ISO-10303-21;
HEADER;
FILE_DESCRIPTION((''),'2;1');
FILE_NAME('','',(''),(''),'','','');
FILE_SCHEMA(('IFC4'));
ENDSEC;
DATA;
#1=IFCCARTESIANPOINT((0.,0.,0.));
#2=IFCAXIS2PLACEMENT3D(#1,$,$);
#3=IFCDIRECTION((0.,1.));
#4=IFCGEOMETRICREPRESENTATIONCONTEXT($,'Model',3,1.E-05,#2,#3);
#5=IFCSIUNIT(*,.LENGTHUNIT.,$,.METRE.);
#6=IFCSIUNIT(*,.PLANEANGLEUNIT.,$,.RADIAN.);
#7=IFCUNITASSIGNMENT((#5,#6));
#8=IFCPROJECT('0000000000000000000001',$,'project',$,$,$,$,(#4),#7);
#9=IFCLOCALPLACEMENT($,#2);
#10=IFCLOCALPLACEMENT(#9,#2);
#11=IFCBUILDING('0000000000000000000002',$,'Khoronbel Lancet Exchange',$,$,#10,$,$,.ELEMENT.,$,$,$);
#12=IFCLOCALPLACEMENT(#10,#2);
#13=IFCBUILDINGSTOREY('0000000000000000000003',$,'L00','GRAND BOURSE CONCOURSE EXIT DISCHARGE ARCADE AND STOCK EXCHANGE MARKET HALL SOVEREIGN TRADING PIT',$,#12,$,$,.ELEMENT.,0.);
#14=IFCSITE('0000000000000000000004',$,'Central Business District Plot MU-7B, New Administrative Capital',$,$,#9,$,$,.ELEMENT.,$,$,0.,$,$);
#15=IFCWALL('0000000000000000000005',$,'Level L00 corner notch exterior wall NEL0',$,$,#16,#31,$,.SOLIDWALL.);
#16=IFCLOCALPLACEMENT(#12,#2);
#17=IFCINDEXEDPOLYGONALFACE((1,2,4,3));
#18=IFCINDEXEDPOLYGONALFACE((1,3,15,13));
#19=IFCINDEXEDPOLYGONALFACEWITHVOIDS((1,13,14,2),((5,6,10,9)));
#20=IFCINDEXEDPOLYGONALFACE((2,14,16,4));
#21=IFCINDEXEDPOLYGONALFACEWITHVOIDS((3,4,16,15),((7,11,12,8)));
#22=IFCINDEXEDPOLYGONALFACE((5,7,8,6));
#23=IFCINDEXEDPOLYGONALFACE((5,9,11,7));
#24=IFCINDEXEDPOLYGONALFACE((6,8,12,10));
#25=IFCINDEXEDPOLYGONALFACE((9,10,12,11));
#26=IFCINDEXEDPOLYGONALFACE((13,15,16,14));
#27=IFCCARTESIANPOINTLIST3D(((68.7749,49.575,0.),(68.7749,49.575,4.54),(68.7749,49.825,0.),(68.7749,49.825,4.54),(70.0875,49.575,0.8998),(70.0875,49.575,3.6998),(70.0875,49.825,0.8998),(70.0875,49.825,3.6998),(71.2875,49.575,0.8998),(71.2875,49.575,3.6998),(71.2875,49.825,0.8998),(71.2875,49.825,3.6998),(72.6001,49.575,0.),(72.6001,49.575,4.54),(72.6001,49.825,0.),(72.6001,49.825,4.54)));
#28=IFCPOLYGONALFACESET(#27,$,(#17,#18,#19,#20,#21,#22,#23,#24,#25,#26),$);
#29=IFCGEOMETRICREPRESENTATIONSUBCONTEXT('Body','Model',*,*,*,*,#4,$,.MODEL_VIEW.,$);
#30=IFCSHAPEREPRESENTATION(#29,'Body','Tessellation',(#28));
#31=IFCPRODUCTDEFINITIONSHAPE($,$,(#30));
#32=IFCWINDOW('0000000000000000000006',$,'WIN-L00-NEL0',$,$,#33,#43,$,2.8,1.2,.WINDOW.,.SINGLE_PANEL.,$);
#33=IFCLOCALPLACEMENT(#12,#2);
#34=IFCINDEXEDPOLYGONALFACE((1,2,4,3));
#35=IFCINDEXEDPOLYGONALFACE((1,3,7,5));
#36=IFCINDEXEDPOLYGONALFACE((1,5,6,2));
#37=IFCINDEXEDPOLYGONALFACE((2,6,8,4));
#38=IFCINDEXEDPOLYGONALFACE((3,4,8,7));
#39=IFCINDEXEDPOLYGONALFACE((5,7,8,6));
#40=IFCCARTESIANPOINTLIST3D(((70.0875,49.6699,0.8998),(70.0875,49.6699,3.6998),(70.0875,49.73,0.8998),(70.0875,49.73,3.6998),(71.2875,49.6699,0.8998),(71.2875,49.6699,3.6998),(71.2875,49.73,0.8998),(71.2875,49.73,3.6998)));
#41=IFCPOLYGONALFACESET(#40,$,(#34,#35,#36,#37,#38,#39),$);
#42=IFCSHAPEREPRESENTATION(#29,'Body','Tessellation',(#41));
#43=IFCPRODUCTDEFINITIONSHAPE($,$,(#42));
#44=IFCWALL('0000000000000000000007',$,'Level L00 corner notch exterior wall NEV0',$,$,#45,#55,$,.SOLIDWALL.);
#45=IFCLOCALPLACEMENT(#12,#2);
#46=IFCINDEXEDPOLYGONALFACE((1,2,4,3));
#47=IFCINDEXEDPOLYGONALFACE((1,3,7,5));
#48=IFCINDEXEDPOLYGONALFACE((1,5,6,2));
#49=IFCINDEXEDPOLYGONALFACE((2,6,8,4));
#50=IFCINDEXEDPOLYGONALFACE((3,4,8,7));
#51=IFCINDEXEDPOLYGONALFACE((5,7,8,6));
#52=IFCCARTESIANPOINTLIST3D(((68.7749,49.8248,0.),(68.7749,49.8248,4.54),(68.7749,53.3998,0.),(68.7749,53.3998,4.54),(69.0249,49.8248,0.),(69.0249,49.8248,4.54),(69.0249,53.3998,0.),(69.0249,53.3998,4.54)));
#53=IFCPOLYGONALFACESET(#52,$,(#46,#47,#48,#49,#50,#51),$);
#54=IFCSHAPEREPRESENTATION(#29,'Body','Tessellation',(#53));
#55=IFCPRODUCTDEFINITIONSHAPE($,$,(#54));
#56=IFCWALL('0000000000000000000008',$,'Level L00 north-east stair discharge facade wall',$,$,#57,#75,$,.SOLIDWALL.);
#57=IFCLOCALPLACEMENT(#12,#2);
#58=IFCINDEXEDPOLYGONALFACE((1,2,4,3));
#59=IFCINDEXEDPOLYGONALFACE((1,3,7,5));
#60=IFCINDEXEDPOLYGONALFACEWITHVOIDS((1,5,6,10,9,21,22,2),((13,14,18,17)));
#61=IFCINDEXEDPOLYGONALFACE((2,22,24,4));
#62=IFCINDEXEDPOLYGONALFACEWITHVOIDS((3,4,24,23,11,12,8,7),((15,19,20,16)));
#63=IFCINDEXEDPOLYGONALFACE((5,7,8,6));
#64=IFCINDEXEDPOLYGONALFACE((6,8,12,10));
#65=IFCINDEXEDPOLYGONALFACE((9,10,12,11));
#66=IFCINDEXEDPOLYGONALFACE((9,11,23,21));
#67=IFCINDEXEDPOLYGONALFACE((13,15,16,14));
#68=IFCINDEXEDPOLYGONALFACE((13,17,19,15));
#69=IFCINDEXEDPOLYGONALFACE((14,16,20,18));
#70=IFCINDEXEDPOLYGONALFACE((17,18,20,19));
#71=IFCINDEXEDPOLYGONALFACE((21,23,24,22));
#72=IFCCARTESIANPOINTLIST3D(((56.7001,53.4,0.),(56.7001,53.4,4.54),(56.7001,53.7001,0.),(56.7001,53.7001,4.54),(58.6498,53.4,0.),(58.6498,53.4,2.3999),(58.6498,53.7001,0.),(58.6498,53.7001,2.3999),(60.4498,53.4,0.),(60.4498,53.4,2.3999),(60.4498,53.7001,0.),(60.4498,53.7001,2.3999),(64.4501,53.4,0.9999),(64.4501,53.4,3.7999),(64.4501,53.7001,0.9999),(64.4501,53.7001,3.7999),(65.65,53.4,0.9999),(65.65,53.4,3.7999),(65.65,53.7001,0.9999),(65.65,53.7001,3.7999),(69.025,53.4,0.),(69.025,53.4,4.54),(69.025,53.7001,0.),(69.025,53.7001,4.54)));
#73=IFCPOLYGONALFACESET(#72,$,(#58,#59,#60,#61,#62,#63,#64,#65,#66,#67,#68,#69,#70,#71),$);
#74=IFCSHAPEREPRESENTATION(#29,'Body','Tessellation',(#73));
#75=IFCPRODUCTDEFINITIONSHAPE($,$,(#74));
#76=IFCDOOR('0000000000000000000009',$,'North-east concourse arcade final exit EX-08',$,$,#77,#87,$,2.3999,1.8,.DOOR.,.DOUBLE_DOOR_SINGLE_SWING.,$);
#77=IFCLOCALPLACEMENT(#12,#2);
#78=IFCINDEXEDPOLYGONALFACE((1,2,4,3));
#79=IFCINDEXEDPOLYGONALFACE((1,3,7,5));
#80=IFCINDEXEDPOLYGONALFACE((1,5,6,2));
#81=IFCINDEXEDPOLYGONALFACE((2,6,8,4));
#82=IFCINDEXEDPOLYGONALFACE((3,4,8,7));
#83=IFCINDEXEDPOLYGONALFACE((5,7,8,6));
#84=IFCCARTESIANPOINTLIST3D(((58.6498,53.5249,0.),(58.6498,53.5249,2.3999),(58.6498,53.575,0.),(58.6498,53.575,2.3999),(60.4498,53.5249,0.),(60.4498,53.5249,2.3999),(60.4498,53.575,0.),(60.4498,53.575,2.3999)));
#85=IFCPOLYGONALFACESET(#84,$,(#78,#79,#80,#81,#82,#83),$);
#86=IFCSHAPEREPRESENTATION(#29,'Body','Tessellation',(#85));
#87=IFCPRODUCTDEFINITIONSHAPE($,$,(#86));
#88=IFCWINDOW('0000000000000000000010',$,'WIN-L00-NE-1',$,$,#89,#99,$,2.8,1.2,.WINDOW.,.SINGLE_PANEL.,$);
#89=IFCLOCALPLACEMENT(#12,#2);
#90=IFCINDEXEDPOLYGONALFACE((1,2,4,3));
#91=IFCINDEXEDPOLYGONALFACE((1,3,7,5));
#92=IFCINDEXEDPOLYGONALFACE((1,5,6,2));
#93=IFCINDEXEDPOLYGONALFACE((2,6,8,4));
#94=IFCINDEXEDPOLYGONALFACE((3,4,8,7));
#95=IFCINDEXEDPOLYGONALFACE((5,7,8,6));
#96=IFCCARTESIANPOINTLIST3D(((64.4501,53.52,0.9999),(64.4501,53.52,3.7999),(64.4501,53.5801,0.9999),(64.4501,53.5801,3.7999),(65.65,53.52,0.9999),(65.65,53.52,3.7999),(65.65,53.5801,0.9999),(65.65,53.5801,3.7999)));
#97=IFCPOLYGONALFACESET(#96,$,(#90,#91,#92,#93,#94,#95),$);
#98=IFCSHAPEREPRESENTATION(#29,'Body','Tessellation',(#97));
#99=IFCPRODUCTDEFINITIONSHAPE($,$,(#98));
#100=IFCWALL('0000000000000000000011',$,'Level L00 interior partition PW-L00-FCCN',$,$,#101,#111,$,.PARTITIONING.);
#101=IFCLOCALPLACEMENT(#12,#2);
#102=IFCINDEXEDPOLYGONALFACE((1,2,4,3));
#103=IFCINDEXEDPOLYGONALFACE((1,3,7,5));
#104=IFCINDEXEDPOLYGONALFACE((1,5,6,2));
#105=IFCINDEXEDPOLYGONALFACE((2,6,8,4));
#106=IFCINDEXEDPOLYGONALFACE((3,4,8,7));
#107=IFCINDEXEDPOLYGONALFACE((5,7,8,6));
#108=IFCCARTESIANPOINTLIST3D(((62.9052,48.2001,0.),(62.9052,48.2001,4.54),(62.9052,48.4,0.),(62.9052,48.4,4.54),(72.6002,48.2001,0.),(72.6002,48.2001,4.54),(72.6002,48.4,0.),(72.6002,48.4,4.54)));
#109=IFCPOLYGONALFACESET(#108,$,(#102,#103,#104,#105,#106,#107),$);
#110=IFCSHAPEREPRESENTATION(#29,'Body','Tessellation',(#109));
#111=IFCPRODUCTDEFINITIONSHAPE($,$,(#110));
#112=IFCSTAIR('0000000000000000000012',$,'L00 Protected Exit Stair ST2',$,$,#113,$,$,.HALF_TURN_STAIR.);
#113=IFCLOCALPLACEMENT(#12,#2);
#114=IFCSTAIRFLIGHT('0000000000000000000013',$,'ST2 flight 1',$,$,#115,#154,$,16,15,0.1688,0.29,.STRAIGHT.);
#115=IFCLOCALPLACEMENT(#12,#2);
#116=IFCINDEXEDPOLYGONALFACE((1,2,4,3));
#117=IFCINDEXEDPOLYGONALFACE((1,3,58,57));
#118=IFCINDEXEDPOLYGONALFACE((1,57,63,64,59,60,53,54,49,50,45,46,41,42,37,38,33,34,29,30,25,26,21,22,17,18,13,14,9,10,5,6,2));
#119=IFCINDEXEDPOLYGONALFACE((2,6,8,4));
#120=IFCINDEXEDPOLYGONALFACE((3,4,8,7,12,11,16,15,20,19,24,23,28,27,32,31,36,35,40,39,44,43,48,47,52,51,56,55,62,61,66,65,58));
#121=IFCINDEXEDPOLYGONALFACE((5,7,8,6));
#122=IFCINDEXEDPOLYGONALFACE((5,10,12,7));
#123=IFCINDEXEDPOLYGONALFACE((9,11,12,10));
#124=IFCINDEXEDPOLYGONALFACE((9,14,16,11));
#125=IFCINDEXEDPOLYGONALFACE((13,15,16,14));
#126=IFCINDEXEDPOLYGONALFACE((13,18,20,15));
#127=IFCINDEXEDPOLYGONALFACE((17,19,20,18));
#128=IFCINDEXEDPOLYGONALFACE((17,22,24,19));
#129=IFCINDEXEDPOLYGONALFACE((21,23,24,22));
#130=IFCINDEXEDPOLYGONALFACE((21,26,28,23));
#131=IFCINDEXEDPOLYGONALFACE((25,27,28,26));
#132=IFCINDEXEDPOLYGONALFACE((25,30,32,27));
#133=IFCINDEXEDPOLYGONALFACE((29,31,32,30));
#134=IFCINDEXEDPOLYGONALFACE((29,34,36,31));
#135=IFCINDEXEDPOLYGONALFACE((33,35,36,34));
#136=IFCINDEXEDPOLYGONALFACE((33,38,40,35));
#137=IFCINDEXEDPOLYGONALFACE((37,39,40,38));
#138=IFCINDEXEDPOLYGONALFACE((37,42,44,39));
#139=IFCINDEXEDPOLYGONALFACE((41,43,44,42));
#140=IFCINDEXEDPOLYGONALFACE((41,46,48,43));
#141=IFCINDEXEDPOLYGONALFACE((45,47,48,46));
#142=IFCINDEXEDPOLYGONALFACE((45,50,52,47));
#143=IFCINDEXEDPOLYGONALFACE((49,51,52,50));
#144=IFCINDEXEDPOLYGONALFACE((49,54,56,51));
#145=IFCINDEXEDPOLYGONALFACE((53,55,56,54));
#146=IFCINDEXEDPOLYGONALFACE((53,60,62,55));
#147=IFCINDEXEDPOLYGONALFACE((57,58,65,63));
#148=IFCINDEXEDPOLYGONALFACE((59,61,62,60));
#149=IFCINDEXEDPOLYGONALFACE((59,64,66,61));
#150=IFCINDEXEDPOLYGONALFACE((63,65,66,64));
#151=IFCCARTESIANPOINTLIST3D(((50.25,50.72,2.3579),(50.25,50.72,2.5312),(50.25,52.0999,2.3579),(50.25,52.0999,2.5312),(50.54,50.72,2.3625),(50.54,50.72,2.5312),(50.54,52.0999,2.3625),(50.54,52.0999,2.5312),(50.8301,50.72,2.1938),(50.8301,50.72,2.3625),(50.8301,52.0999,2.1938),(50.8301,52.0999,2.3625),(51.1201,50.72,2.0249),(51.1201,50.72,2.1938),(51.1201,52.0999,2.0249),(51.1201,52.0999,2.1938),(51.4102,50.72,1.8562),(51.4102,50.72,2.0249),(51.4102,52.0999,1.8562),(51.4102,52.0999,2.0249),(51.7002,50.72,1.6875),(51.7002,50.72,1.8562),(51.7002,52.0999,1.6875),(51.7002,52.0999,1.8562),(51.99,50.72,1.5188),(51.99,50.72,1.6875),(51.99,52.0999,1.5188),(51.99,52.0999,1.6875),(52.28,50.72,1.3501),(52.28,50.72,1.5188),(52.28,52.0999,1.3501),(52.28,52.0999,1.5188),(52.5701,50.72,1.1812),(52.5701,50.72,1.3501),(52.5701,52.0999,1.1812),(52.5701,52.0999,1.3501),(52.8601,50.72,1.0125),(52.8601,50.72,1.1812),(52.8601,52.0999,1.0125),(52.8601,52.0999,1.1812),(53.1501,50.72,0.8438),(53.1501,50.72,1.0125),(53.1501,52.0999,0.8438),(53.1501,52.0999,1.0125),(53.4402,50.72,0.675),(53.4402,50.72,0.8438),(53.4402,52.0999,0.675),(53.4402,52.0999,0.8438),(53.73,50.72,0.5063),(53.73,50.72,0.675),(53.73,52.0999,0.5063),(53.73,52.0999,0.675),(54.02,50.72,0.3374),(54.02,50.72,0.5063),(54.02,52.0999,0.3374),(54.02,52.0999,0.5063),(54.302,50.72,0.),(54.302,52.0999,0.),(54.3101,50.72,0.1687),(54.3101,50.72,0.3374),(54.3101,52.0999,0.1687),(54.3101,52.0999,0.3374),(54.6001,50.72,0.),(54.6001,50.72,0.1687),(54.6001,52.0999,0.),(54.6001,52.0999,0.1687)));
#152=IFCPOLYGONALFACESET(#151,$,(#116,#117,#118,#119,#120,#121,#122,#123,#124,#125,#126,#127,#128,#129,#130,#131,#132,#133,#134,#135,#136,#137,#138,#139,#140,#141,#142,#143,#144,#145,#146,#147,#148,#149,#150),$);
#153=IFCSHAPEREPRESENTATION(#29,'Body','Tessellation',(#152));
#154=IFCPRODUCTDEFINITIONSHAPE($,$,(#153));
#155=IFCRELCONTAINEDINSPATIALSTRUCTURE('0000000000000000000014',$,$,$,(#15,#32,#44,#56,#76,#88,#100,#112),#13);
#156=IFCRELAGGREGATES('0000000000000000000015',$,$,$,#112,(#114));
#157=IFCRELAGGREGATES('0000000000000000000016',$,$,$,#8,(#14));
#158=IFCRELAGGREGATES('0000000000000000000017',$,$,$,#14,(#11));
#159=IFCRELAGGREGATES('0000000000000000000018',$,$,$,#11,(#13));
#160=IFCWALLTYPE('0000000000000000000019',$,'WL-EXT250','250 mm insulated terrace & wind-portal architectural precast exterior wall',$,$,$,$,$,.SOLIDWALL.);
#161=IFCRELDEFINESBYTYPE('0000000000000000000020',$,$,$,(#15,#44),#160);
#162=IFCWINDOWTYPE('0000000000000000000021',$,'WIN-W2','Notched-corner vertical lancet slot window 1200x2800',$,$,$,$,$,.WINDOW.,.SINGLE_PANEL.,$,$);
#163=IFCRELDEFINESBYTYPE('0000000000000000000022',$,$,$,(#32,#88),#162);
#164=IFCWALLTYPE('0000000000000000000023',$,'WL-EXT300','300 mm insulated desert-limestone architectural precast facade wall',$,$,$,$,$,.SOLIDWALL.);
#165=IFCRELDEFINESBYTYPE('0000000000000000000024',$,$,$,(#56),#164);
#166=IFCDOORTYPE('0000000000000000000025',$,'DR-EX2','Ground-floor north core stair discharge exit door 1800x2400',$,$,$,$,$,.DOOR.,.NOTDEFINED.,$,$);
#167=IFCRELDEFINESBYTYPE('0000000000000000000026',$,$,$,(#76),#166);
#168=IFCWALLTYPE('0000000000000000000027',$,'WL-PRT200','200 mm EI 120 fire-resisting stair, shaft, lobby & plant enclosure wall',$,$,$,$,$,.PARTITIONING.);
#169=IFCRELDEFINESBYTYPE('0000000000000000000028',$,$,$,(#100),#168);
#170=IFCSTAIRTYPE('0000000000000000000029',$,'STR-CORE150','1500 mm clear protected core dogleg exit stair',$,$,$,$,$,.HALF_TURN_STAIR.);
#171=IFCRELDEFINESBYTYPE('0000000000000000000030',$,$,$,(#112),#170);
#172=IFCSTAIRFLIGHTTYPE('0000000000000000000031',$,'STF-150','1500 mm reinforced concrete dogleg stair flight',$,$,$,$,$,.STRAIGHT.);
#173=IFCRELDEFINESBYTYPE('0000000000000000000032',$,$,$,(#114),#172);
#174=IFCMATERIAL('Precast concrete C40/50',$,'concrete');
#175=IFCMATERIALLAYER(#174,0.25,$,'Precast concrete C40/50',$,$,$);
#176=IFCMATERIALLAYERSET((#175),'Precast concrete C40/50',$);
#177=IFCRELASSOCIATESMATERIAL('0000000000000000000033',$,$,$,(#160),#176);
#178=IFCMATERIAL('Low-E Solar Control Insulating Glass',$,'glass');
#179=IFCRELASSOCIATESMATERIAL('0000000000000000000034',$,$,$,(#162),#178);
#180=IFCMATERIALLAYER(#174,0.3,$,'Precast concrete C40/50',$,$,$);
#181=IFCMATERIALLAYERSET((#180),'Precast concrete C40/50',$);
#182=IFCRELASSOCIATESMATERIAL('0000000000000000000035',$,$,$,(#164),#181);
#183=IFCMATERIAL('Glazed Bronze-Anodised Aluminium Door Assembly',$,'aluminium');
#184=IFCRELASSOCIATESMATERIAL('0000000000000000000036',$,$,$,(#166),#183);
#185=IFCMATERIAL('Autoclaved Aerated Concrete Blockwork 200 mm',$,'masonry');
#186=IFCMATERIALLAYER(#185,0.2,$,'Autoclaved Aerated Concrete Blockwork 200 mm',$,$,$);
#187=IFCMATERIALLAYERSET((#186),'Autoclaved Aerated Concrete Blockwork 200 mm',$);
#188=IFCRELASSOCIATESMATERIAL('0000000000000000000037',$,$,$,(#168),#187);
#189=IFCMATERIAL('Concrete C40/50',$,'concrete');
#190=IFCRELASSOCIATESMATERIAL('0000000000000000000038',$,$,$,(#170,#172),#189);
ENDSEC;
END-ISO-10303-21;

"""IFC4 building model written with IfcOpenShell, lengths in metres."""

from ifc_helpers import new_model, si_unit, direction, frame, frame_2d, origin, place, context, subcontext, project, spatial, polyline, rectangle, outline, extrude, material, layer, layer_set, type_object, element, fill, aggregate, save


model = new_model("IFC4")

# Units and contexts
model_context = context("Model", 3, precision=1e-05, world=origin(), true_north=direction((0.0, 1.0)))
body_context = subcontext(model_context, "Body", "Model", "MODEL_VIEW")
ifc_project = project(units=[si_unit("LENGTHUNIT", "METRE"), si_unit("PLANEANGLEUNIT", "RADIAN")], contexts=[model_context])

# Site, building, storey
site_placement = place(None, origin())
site = spatial("IfcSite", under=ifc_project, at=site_placement, Name="Central Business District Plot MU-7B, New Administrative Capital", CompositionType="ELEMENT", RefElevation=0.0)
building_placement = place(site_placement, origin())
building = spatial("IfcBuilding", under=site, at=building_placement, Name="Khoronbel Lancet Exchange", CompositionType="ELEMENT")
storey_placement = place(building_placement, origin())
storey = spatial("IfcBuildingStorey", under=building, at=storey_placement, Name="L00", Description="GRAND BOURSE CONCOURSE EXIT DISCHARGE ARCADE AND STOCK EXCHANGE MARKET HALL SOVEREIGN TRADING PIT", CompositionType="ELEMENT", Elevation=0.0)

# Wall, opening, window
ifc_material_1 = material(Name="Precast concrete C40/50", Category="concrete")
ifc_layer_1 = layer(ifc_material_1, 0.25, Name="Precast concrete C40/50")
ifc_layer_set_1 = layer_set([ifc_layer_1], Name="Precast concrete C40/50")
wall_type_1 = type_object("IfcWallType", Name="WL-EXT250", Description="250 mm insulated terrace & wind-portal architectural precast exterior wall", PredefinedType="SOLIDWALL", material=ifc_layer_set_1)
wall_1_placement = place(storey_placement, frame((68.7749, 49.7, 0.0), z_axis=(0.0, 0.0, 1.0), x_axis=(1.0, 0.0, 0.0)))
wall_1 = element("IfcWall", 1, at=wall_1_placement, inside=storey, type_object=wall_type_1, Name="Level L00 corner notch exterior wall NEL0", PredefinedType="SOLIDWALL", context=body_context, shape_type="SweptSolid", body=[
    extrude(rectangle(XDim=3.8252, YDim=0.25, at=frame_2d((1.9126, 0.0))), origin(), (0.0, 0.0, 1.0), 4.54),
])
opening_1_placement = place(wall_1_placement, frame((1.3125, 0.0, 0.8999)))
opening_1 = element("IfcOpeningElement", 2, at=opening_1_placement, cuts=wall_1, PredefinedType="OPENING", context=body_context, shape_type="SweptSolid", body=[
    extrude(rectangle(XDim=1.2, YDim=2.8, at=frame_2d((0.6001, 1.3999))), frame((0.0, 0.135, 0.0), z_axis=(0.0, -1.0, 0.0), x_axis=(1.0, 0.0, 0.0)), (0.0, 0.0, 1.0), 0.27),
])
ifc_material_2 = material(Name="Low-E Solar Control Insulating Glass", Category="glass")
window_type = type_object("IfcWindowType", Name="WIN-W2", Description="Notched-corner vertical lancet slot window 1200x2800", PartitioningType="SINGLE_PANEL", PredefinedType="WINDOW", material=ifc_material_2)
window_1_placement = place(opening_1_placement, origin())
window_1 = element("IfcWindow", 3, at=window_1_placement, inside=storey, type_object=window_type, Name="WIN-L00-NEL0", OverallHeight=2.8, OverallWidth=1.2, PartitioningType="SINGLE_PANEL", PredefinedType="WINDOW", context=body_context, shape_type="SweptSolid", body=[
    extrude(rectangle(XDim=1.2, YDim=2.8, at=frame_2d((0.6001, 1.3999))), frame((0.0, 0.03, 0.0), z_axis=(0.0, -1.0, 0.0), x_axis=(1.0, 0.0, 0.0)), (0.0, 0.0, 1.0), 0.0601),
])
fill(opening_1, window_1)

# Wall
wall_2_placement = place(storey_placement, frame((68.8999, 53.3999, 0.0), z_axis=(0.0, 0.0, 1.0), x_axis=(0.0, -1.0, 0.0)))
element("IfcWall", 4, at=wall_2_placement, inside=storey, type_object=wall_type_1, Name="Level L00 corner notch exterior wall NEV0", PredefinedType="SOLIDWALL", context=body_context, shape_type="SweptSolid", body=[
    extrude(rectangle(XDim=3.575, YDim=0.25, at=frame_2d((1.7876, 0.0))), origin(), (0.0, 0.0, 1.0), 4.54),
])

# Wall, openings, door, window
ifc_layer_2 = layer(ifc_material_1, 0.3, Name="Precast concrete C40/50")
ifc_layer_set_2 = layer_set([ifc_layer_2], Name="Precast concrete C40/50")
wall_type_2 = type_object("IfcWallType", Name="WL-EXT300", Description="300 mm insulated desert-limestone architectural precast facade wall", PredefinedType="SOLIDWALL", material=ifc_layer_set_2)
wall_3_placement = place(storey_placement, frame((56.7, 53.55, 0.0), z_axis=(0.0, 0.0, 1.0), x_axis=(1.0, 0.0, 0.0)))
wall_3 = element("IfcWall", 5, at=wall_3_placement, inside=storey, type_object=wall_type_2, Name="Level L00 north-east stair discharge facade wall", PredefinedType="SOLIDWALL", context=body_context, shape_type="SweptSolid", body=[
    extrude(rectangle(XDim=12.325, YDim=0.3, at=frame_2d((6.1626, 0.0))), origin(), (0.0, 0.0, 1.0), 4.54),
])
opening_2_placement = place(wall_3_placement, frame((1.95, 0.0, 0.0)))
opening_2 = element("IfcOpeningElement", 6, at=opening_2_placement, cuts=wall_3, PredefinedType="OPENING", context=body_context, shape_type="SweptSolid", body=[
    extrude(rectangle(XDim=1.8, YDim=2.3999, at=frame_2d((0.8999, 1.2))), frame((0.0, 0.1602, 0.0), z_axis=(0.0, -1.0, 0.0), x_axis=(1.0, 0.0, 0.0)), (0.0, 0.0, 1.0), 0.3201),
])
opening_3_placement = place(wall_3_placement, frame((7.75, 0.0, 1.0)))
opening_3 = element("IfcOpeningElement", 7, at=opening_3_placement, cuts=wall_3, PredefinedType="OPENING", context=body_context, shape_type="SweptSolid", body=[
    extrude(rectangle(XDim=1.2, YDim=2.8, at=frame_2d((0.6001, 1.3999))), frame((0.0, 0.1602, 0.0), z_axis=(0.0, -1.0, 0.0), x_axis=(1.0, 0.0, 0.0)), (0.0, 0.0, 1.0), 0.3201),
])
ifc_material_3 = material(Name="Glazed Bronze-Anodised Aluminium Door Assembly", Category="aluminium")
door_type = type_object("IfcDoorType", Name="DR-EX2", Description="Ground-floor north core stair discharge exit door 1800x2400", OperationType="NOTDEFINED", PredefinedType="DOOR", material=ifc_material_3)
door_placement = place(opening_2_placement, origin())
door = element("IfcDoor", 8, at=door_placement, inside=storey, type_object=door_type, Name="North-east concourse arcade final exit EX-08", OperationType="DOUBLE_DOOR_SINGLE_SWING", OverallHeight=2.3999, OverallWidth=1.8, PredefinedType="DOOR", context=body_context, shape_type="SweptSolid", body=[
    extrude(rectangle(XDim=1.8, YDim=2.3999, at=frame_2d((0.8999, 1.2))), frame((0.0, 0.0249, 0.0), z_axis=(0.0, -1.0, 0.0), x_axis=(1.0, 0.0, 0.0)), (0.0, 0.0, 1.0), 0.05),
])
fill(opening_2, door)
window_2_placement = place(opening_3_placement, origin())
window_2 = element("IfcWindow", 9, at=window_2_placement, inside=storey, type_object=window_type, Name="WIN-L00-NE-1", OverallHeight=2.8, OverallWidth=1.2, PartitioningType="SINGLE_PANEL", PredefinedType="WINDOW", context=body_context, shape_type="SweptSolid", body=[
    extrude(rectangle(XDim=1.2, YDim=2.8, at=frame_2d((0.6001, 1.3999))), frame((0.0, 0.03, 0.0), z_axis=(0.0, -1.0, 0.0), x_axis=(1.0, 0.0, 0.0)), (0.0, 0.0, 1.0), 0.0601),
])
fill(opening_3, window_2)

# Wall
ifc_material_4 = material(Name="Autoclaved Aerated Concrete Blockwork 200 mm", Category="masonry")
ifc_layer_3 = layer(ifc_material_4, 0.2, Name="Autoclaved Aerated Concrete Blockwork 200 mm")
ifc_layer_set_3 = layer_set([ifc_layer_3], Name="Autoclaved Aerated Concrete Blockwork 200 mm")
wall_type_3 = type_object("IfcWallType", Name="WL-PRT200", Description="200 mm EI 120 fire-resisting stair, shaft, lobby & plant enclosure wall", PredefinedType="PARTITIONING", material=ifc_layer_set_3)
wall_4_placement = place(storey_placement, frame((62.905, 48.3, 0.0), z_axis=(0.0, 0.0, 1.0), x_axis=(1.0, 0.0, 0.0)))
element("IfcWall", 10, at=wall_4_placement, inside=storey, type_object=wall_type_3, Name="Level L00 interior partition PW-L00-FCCN", PredefinedType="PARTITIONING", context=body_context, shape_type="SweptSolid", body=[
    extrude(rectangle(XDim=9.6951, YDim=0.2, at=frame_2d((4.8477, 0.0))), origin(), (0.0, 0.0, 1.0), 4.54),
])

# Stair, stair flight
ifc_material_5 = material(Name="Concrete C40/50", Category="concrete")
stair_type = type_object("IfcStairType", Name="STR-CORE150", Description="1500 mm clear protected core dogleg exit stair", PredefinedType="HALF_TURN_STAIR", material=ifc_material_5)
stair_placement = place(storey_placement, origin())
stair = element("IfcStair", 11, at=stair_placement, inside=storey, type_object=stair_type, Name="L00 Protected Exit Stair ST2", PredefinedType="HALF_TURN_STAIR")
stair_flight_type = type_object("IfcStairFlightType", Name="STF-150", Description="1500 mm reinforced concrete dogleg stair flight", PredefinedType="STRAIGHT", material=ifc_material_5)
stair_flight_placement = place(storey_placement, frame((54.6001, 51.4099, 0.0), z_axis=(0.0, 0.0, 1.0), x_axis=(-1.0, 0.0, 0.0)))
stair_flight = element("IfcStairFlight", 12, at=stair_flight_placement, type_object=stair_flight_type, Name="ST2 flight 1", NumberOfRisers=16, NumberOfTreads=15, PredefinedType="STRAIGHT", RiserHeight=0.1688, TreadLength=0.29, context=body_context, shape_type="SweptSolid", body=[
    extrude(outline(polyline([(0.0, 0.0), (0.0, 0.1687), (0.29, 0.1687), (0.29, 0.3374), (0.5801, 0.3374), (0.5801, 0.5063), (0.8701, 0.5063), (0.8701, 0.675), (1.1599, 0.675), (1.1599, 0.8438), (1.45, 0.8438), (1.45, 1.0125), (1.74, 1.0125), (1.74, 1.1812), (2.03, 1.1812), (2.03, 1.3501), (2.3201, 1.3501), (2.3201, 1.5188), (2.6101, 1.5188), (2.6101, 1.6875), (2.8999, 1.6875), (2.8999, 1.8562), (3.1899, 1.8562), (3.1899, 2.0249), (3.48, 2.0249), (3.48, 2.1938), (3.77, 2.1938), (3.77, 2.3625), (4.0601, 2.3625), (4.0601, 2.5312), (4.3501, 2.5312), (4.3501, 2.7), (4.3501, 2.3579), (0.2981, 0.0), (0.0, 0.0)])), frame((0.0, 0.6899, 0.0), z_axis=(0.0, -1.0, 0.0), x_axis=(1.0, 0.0, 0.0)), (0.0, 0.0, 1.0), 1.3799),
])
aggregate(stair, [stair_flight])

save(model, "model.ifc")
